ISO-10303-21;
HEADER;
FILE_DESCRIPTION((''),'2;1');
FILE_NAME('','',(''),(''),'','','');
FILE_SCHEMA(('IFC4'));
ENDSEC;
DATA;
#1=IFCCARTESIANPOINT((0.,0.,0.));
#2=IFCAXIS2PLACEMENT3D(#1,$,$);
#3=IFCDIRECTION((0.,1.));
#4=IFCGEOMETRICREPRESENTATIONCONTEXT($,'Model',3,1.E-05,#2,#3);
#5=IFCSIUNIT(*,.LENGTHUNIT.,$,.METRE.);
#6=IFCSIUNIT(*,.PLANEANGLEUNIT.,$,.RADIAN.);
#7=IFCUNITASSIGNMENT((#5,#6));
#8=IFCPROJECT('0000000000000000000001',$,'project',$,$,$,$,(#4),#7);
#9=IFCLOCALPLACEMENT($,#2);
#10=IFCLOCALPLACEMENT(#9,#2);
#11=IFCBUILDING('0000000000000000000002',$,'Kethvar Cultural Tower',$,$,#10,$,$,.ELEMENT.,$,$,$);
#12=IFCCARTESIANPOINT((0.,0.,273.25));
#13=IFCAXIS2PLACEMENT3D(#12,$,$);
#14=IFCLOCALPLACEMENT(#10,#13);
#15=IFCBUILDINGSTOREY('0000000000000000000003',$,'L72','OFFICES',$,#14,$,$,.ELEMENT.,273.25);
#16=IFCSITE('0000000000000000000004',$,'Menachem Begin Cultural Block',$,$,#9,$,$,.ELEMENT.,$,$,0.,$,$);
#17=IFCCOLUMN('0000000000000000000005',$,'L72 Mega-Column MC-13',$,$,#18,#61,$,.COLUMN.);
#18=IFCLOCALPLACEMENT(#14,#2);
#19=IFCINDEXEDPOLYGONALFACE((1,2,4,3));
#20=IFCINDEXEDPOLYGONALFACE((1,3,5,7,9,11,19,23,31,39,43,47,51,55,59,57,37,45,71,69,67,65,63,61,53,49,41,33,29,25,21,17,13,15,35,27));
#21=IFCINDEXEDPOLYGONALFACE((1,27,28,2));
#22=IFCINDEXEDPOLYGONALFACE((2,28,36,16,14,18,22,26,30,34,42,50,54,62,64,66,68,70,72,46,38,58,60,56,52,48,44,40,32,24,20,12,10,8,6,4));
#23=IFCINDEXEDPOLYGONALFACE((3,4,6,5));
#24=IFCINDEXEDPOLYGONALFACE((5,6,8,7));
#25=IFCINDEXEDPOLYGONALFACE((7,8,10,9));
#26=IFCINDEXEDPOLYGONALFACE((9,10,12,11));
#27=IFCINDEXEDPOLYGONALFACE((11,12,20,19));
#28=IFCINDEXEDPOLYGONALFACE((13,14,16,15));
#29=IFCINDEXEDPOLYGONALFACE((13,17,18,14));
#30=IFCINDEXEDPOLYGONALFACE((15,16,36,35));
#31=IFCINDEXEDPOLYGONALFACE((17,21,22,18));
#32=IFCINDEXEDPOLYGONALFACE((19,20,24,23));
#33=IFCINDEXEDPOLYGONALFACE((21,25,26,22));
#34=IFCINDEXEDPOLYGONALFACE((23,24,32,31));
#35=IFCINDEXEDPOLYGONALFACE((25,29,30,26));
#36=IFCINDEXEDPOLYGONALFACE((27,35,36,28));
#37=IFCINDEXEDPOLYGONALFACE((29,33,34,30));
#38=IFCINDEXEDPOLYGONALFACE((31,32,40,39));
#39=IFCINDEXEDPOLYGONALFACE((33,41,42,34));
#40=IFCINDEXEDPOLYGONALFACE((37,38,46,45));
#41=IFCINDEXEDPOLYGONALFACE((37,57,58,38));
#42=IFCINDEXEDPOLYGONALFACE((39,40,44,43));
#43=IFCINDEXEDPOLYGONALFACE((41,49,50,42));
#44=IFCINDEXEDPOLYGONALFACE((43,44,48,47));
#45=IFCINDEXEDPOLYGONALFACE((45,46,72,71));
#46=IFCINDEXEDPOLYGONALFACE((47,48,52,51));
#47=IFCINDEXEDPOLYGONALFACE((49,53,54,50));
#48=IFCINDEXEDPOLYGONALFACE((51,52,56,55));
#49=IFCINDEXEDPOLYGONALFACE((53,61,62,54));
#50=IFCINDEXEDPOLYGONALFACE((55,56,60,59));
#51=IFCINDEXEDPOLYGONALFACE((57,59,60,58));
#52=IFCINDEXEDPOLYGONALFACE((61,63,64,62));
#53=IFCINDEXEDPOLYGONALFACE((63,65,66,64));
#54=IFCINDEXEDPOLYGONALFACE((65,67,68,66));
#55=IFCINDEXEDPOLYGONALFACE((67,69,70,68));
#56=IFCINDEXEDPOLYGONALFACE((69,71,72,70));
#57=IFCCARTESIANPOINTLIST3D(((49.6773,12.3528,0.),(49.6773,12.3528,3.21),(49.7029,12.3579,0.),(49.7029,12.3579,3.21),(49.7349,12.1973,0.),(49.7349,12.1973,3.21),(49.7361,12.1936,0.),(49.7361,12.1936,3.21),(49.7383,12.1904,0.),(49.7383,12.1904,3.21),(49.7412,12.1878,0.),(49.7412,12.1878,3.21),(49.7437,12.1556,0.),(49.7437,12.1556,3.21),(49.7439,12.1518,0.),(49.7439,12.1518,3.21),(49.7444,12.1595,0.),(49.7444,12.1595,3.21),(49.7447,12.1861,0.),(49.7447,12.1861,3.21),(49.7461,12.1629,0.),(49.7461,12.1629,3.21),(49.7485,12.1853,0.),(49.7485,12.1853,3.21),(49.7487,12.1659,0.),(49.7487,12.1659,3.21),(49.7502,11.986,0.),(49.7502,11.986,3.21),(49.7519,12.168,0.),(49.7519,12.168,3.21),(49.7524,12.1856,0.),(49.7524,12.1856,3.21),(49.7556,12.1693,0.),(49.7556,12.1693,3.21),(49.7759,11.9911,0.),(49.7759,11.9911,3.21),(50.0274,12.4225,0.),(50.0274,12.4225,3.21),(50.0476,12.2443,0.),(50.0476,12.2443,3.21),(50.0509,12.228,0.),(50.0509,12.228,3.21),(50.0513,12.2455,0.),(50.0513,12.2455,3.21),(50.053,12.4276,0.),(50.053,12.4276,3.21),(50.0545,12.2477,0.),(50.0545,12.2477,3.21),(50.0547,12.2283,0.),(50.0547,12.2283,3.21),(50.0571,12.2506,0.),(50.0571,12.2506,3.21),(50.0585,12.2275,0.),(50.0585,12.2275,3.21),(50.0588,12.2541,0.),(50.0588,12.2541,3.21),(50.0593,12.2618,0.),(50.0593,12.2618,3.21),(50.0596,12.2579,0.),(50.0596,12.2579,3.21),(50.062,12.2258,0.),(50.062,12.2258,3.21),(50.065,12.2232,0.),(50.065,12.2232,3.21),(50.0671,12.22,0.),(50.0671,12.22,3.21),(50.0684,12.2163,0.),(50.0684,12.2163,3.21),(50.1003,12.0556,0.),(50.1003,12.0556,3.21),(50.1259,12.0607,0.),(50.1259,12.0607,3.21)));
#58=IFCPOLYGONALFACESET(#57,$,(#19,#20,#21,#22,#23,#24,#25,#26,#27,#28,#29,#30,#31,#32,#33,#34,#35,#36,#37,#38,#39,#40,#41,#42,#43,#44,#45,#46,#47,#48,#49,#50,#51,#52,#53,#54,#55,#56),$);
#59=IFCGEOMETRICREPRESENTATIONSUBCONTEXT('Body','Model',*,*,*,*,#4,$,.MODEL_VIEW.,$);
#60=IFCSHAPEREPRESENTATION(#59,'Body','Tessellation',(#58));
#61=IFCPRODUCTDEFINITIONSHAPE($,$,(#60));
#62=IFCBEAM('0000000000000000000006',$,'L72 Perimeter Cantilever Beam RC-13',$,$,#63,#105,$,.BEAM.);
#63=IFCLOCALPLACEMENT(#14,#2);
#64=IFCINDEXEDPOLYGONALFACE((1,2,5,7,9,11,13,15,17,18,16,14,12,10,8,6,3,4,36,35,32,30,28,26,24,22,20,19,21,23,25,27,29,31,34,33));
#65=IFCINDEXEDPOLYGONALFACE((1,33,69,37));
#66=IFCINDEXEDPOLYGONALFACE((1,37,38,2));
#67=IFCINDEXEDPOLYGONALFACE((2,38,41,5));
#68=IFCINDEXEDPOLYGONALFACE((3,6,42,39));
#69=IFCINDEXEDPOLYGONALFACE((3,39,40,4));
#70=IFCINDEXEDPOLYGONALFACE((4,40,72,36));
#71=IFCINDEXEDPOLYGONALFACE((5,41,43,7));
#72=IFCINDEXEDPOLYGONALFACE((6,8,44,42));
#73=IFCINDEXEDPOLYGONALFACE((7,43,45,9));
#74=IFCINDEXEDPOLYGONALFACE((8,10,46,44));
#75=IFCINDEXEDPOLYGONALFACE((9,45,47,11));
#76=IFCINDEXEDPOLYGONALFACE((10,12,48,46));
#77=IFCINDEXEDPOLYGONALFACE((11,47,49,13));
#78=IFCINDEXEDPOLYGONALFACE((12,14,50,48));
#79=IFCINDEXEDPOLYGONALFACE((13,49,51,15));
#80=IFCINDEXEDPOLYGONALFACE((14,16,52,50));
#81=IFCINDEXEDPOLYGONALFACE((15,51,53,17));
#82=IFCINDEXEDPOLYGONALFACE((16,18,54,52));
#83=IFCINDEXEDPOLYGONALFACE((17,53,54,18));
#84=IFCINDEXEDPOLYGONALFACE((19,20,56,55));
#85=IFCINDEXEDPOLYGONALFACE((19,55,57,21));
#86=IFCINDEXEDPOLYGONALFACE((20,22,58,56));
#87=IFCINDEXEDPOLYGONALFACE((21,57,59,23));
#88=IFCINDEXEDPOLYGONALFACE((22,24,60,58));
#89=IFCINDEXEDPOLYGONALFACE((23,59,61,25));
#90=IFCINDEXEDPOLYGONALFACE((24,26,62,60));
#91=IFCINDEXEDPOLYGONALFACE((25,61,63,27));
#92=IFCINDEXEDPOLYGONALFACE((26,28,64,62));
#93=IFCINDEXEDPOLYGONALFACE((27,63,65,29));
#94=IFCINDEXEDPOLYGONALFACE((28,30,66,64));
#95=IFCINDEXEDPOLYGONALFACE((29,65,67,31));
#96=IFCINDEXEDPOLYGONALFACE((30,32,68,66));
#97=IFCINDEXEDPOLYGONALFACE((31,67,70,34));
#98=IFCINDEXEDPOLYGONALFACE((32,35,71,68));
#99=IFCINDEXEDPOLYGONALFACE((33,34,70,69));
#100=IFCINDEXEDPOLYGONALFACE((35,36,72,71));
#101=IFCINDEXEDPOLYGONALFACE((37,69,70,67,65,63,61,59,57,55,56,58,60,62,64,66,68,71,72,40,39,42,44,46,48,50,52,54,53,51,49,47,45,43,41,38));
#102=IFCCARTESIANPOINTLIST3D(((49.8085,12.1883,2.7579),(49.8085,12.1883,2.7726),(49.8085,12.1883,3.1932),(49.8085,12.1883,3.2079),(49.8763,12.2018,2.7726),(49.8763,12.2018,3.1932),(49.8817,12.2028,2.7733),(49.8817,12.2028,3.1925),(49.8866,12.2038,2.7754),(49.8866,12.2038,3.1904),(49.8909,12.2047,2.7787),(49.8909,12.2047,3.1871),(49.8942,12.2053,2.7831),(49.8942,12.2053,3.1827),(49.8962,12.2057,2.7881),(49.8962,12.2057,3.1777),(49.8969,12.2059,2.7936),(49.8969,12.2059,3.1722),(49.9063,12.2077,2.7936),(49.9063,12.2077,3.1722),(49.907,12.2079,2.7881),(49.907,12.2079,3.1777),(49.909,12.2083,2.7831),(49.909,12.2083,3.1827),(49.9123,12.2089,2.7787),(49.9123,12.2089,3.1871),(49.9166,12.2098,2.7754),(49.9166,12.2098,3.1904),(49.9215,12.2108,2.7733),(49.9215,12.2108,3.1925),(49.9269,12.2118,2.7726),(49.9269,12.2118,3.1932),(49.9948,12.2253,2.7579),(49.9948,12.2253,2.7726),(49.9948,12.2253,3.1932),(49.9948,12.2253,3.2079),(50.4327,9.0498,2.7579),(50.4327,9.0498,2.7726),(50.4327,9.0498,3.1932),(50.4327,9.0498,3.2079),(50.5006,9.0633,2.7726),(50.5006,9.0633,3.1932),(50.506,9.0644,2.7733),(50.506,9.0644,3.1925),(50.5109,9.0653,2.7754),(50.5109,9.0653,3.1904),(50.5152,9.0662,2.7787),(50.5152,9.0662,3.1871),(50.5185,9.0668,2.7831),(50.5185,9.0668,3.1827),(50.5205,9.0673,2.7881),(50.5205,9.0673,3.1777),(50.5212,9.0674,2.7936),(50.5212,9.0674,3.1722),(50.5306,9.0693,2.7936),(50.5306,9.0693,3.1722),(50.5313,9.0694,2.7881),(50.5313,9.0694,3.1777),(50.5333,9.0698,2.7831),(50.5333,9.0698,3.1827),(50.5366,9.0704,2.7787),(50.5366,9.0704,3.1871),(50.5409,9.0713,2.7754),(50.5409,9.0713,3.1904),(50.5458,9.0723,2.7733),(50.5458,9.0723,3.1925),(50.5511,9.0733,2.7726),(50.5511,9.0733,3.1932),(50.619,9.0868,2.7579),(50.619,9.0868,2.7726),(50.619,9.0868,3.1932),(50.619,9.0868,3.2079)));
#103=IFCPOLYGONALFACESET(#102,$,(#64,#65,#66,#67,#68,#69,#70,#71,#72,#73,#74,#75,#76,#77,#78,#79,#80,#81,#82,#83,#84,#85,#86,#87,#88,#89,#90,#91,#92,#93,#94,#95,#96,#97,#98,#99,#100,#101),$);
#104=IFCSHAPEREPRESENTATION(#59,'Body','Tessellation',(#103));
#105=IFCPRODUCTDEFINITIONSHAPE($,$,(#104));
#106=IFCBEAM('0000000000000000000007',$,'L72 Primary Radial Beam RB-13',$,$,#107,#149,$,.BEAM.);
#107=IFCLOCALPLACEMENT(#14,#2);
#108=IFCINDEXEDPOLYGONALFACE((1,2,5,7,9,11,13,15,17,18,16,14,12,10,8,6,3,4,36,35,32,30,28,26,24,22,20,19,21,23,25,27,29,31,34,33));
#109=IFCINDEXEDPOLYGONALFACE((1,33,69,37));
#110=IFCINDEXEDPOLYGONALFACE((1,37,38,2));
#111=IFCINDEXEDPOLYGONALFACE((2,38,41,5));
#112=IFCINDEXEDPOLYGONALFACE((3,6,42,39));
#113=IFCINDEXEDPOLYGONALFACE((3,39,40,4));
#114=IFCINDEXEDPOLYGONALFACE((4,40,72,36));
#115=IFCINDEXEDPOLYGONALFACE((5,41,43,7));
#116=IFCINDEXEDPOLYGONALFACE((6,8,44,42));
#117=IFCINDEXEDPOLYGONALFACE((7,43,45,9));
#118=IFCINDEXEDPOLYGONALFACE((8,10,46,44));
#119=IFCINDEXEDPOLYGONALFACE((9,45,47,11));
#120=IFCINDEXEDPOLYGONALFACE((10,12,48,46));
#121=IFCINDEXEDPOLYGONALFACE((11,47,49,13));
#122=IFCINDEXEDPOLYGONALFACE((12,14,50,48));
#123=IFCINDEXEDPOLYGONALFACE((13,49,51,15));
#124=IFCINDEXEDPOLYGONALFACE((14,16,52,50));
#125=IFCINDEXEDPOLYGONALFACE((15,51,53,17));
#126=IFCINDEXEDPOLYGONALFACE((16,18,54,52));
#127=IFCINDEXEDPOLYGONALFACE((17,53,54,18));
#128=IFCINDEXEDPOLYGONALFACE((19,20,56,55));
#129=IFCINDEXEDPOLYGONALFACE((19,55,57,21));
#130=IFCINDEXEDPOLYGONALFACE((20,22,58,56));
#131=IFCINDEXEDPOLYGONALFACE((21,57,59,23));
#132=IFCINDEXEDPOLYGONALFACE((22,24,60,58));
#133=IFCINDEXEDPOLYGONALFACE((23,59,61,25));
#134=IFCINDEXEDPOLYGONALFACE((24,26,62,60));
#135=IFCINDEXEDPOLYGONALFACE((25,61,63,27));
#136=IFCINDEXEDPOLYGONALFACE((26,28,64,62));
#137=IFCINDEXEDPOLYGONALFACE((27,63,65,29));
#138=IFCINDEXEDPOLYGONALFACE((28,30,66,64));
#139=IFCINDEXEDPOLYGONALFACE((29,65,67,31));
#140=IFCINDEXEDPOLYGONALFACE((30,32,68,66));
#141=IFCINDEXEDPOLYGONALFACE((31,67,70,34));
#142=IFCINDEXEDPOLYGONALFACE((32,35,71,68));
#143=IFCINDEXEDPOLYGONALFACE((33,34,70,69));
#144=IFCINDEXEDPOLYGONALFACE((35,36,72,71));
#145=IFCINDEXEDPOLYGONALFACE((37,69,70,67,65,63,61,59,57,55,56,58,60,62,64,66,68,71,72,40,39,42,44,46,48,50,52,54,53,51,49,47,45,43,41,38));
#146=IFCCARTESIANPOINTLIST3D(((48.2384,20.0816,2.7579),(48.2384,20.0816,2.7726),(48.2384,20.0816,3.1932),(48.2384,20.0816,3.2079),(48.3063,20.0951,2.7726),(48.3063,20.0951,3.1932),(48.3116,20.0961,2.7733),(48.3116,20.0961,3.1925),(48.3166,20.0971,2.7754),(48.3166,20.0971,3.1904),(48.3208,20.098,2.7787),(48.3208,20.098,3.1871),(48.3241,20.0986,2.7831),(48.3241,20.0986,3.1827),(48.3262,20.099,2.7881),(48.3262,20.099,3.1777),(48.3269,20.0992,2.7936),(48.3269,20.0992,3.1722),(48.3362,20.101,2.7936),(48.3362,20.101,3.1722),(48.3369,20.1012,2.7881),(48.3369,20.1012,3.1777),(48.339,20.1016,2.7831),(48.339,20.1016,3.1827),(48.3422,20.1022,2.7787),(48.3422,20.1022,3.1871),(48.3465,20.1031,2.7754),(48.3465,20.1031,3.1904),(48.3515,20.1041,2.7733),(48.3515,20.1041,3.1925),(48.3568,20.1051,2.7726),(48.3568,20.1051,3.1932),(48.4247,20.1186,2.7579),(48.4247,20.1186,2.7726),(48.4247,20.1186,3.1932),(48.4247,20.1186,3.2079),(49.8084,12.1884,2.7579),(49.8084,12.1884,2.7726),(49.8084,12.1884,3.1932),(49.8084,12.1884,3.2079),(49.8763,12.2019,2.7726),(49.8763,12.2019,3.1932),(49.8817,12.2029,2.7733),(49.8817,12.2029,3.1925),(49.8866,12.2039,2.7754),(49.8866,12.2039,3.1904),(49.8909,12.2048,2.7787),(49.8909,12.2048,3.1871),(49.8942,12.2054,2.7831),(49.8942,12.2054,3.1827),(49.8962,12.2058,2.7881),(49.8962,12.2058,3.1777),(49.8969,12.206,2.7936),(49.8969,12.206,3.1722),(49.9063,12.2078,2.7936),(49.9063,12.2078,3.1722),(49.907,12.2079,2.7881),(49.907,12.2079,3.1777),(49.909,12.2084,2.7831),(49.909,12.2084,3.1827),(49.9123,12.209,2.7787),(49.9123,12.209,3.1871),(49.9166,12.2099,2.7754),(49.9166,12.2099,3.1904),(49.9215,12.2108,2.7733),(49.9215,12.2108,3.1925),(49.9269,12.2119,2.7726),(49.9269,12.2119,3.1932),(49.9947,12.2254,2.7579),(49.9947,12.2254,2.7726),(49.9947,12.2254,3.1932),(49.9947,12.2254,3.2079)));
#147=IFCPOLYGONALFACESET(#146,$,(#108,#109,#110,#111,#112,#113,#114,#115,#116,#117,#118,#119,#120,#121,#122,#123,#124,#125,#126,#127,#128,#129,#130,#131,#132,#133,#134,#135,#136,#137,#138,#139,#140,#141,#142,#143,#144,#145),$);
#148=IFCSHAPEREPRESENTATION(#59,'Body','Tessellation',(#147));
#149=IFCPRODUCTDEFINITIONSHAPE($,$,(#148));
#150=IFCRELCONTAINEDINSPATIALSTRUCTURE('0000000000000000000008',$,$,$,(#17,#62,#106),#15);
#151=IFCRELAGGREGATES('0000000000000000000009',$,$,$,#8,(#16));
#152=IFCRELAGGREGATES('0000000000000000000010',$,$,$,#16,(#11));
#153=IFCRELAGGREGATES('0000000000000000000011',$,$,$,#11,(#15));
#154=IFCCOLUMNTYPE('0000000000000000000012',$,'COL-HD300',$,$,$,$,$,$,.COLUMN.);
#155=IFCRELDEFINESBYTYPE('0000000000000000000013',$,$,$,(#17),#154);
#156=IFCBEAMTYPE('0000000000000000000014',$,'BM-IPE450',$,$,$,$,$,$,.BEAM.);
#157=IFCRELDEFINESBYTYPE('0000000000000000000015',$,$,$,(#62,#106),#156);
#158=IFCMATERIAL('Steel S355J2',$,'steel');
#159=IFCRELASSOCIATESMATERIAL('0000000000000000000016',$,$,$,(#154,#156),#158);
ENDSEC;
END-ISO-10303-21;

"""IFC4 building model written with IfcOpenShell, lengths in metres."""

from ifc_helpers import new_model, si_unit, direction, frame, origin, origin_2d, place, context, subcontext, project, spatial, i_section, extrude, source, transform, mapped, material, material_profile, profile_set, type_object, element, save


model = new_model("IFC4")

# Units and contexts
model_context = context("Model", 3, precision=1e-05, world=origin(), true_north=direction((0.0, 1.0)))
body_context = subcontext(model_context, "Body", "Model", "MODEL_VIEW")
ifc_project = project(units=[si_unit("LENGTHUNIT", "METRE"), si_unit("PLANEANGLEUNIT", "RADIAN")], contexts=[model_context])

# Site, building, storey
site_placement = place(None, origin())
site = spatial("IfcSite", under=ifc_project, at=site_placement, Name="Menachem Begin Cultural Block", CompositionType="ELEMENT", RefElevation=0.0)
building_placement = place(site_placement, origin())
building = spatial("IfcBuilding", under=site, at=building_placement, Name="Kethvar Cultural Tower", CompositionType="ELEMENT")
storey_placement = place(building_placement, frame((0.0, 0.0, 273.25)))
storey = spatial("IfcBuildingStorey", under=building, at=storey_placement, Name="L72", Description="OFFICES", CompositionType="ELEMENT", Elevation=273.25)

# Column
ifc_material_1 = material(Name="Steel S355J2", Category="steel")
ifc_material_profile_1 = material_profile(ifc_material_1, i_section(OverallWidth=0.374, OverallDepth=0.3831, WebThickness=0.0166, FlangeThickness=0.0261, FilletRadius=0.0149, at=origin_2d()), Name="Steel S355J2 — HD360x300")
ifc_profile_set_1 = profile_set([ifc_material_profile_1], Name="Steel S355J2 — HD360x300")
column_type = type_object("IfcColumnType", Name="COL-HD300", PredefinedType="COLUMN", material=ifc_profile_set_1)
shared_shape_1 = source(origin(), body_context, "Body", "SweptSolid", [
    extrude(i_section(OverallWidth=0.374, OverallDepth=0.3831, WebThickness=0.0166, FlangeThickness=0.0261, FilletRadius=0.0149, at=origin_2d()), origin(), (0.0, 0.0, 1.0), 3.21),
])
column_placement = place(storey_placement, frame((49.9016, 12.2068, 0.0), z_axis=(0.0, 0.0, 1.0), x_axis=(0.19509, -0.980785, 0.0)))
element("IfcColumn", 1, at=column_placement, inside=storey, type_object=column_type, Name="L72 Mega-Column MC-13", PredefinedType="COLUMN", context=body_context, shape_type="MappedRepresentation", body=[
    mapped(shared_shape_1, transform((0.0, 0.0, 0.0), scale=1.0)),
])

# Beams
ifc_material_profile_2 = material_profile(ifc_material_1, i_section(OverallWidth=0.1899, OverallDepth=0.45, WebThickness=0.0095, FlangeThickness=0.0146, FilletRadius=0.021, at=origin_2d()), Name="Steel S355J2 — IPE450")
ifc_profile_set_2 = profile_set([ifc_material_profile_2], Name="Steel S355J2 — IPE450")
beam_type_1 = type_object("IfcBeamType", Name="BM-IPE450", PredefinedType="BEAM", material=ifc_profile_set_2)
shared_shape_2 = source(origin(), body_context, "Body", "SweptSolid", [
    extrude(i_section(OverallWidth=0.1899, OverallDepth=0.45, WebThickness=0.0095, FlangeThickness=0.0146, FilletRadius=0.021, at=origin_2d()), origin(), (0.0, 0.0, 1.0), 3.2),
])
beam_1_placement = place(storey_placement, frame((49.9016, 12.2068, 2.9829), z_axis=(0.195089, -0.980786, 0.0), x_axis=(0.980786, 0.195089, 0.0)))
element("IfcBeam", 2, at=beam_1_placement, inside=storey, type_object=beam_type_1, Name="L72 Perimeter Cantilever Beam RC-13", PredefinedType="BEAM", context=body_context, shape_type="MappedRepresentation", body=[
    mapped(shared_shape_2, transform((0.0, 0.0, 0.0), scale=1.0)),
])
shared_shape_3 = source(origin(), body_context, "Body", "SweptSolid", [
    extrude(i_section(OverallWidth=0.1899, OverallDepth=0.45, WebThickness=0.0095, FlangeThickness=0.0146, FilletRadius=0.021, at=origin_2d()), origin(), (0.0, 0.0, 1.0), 8.0479),
])
beam_2_placement = place(storey_placement, frame((48.3315, 20.1001, 2.9829), z_axis=(0.195089, -0.980785, 0.0), x_axis=(0.980785, 0.195089, 0.0)))
element("IfcBeam", 3, at=beam_2_placement, inside=storey, type_object=beam_type_1, Name="L72 Primary Radial Beam RB-13", PredefinedType="BEAM", context=body_context, shape_type="MappedRepresentation", body=[
    mapped(shared_shape_3, transform((0.0, 0.0, 0.0), scale=1.0)),
])

save(model, "model.ifc")
